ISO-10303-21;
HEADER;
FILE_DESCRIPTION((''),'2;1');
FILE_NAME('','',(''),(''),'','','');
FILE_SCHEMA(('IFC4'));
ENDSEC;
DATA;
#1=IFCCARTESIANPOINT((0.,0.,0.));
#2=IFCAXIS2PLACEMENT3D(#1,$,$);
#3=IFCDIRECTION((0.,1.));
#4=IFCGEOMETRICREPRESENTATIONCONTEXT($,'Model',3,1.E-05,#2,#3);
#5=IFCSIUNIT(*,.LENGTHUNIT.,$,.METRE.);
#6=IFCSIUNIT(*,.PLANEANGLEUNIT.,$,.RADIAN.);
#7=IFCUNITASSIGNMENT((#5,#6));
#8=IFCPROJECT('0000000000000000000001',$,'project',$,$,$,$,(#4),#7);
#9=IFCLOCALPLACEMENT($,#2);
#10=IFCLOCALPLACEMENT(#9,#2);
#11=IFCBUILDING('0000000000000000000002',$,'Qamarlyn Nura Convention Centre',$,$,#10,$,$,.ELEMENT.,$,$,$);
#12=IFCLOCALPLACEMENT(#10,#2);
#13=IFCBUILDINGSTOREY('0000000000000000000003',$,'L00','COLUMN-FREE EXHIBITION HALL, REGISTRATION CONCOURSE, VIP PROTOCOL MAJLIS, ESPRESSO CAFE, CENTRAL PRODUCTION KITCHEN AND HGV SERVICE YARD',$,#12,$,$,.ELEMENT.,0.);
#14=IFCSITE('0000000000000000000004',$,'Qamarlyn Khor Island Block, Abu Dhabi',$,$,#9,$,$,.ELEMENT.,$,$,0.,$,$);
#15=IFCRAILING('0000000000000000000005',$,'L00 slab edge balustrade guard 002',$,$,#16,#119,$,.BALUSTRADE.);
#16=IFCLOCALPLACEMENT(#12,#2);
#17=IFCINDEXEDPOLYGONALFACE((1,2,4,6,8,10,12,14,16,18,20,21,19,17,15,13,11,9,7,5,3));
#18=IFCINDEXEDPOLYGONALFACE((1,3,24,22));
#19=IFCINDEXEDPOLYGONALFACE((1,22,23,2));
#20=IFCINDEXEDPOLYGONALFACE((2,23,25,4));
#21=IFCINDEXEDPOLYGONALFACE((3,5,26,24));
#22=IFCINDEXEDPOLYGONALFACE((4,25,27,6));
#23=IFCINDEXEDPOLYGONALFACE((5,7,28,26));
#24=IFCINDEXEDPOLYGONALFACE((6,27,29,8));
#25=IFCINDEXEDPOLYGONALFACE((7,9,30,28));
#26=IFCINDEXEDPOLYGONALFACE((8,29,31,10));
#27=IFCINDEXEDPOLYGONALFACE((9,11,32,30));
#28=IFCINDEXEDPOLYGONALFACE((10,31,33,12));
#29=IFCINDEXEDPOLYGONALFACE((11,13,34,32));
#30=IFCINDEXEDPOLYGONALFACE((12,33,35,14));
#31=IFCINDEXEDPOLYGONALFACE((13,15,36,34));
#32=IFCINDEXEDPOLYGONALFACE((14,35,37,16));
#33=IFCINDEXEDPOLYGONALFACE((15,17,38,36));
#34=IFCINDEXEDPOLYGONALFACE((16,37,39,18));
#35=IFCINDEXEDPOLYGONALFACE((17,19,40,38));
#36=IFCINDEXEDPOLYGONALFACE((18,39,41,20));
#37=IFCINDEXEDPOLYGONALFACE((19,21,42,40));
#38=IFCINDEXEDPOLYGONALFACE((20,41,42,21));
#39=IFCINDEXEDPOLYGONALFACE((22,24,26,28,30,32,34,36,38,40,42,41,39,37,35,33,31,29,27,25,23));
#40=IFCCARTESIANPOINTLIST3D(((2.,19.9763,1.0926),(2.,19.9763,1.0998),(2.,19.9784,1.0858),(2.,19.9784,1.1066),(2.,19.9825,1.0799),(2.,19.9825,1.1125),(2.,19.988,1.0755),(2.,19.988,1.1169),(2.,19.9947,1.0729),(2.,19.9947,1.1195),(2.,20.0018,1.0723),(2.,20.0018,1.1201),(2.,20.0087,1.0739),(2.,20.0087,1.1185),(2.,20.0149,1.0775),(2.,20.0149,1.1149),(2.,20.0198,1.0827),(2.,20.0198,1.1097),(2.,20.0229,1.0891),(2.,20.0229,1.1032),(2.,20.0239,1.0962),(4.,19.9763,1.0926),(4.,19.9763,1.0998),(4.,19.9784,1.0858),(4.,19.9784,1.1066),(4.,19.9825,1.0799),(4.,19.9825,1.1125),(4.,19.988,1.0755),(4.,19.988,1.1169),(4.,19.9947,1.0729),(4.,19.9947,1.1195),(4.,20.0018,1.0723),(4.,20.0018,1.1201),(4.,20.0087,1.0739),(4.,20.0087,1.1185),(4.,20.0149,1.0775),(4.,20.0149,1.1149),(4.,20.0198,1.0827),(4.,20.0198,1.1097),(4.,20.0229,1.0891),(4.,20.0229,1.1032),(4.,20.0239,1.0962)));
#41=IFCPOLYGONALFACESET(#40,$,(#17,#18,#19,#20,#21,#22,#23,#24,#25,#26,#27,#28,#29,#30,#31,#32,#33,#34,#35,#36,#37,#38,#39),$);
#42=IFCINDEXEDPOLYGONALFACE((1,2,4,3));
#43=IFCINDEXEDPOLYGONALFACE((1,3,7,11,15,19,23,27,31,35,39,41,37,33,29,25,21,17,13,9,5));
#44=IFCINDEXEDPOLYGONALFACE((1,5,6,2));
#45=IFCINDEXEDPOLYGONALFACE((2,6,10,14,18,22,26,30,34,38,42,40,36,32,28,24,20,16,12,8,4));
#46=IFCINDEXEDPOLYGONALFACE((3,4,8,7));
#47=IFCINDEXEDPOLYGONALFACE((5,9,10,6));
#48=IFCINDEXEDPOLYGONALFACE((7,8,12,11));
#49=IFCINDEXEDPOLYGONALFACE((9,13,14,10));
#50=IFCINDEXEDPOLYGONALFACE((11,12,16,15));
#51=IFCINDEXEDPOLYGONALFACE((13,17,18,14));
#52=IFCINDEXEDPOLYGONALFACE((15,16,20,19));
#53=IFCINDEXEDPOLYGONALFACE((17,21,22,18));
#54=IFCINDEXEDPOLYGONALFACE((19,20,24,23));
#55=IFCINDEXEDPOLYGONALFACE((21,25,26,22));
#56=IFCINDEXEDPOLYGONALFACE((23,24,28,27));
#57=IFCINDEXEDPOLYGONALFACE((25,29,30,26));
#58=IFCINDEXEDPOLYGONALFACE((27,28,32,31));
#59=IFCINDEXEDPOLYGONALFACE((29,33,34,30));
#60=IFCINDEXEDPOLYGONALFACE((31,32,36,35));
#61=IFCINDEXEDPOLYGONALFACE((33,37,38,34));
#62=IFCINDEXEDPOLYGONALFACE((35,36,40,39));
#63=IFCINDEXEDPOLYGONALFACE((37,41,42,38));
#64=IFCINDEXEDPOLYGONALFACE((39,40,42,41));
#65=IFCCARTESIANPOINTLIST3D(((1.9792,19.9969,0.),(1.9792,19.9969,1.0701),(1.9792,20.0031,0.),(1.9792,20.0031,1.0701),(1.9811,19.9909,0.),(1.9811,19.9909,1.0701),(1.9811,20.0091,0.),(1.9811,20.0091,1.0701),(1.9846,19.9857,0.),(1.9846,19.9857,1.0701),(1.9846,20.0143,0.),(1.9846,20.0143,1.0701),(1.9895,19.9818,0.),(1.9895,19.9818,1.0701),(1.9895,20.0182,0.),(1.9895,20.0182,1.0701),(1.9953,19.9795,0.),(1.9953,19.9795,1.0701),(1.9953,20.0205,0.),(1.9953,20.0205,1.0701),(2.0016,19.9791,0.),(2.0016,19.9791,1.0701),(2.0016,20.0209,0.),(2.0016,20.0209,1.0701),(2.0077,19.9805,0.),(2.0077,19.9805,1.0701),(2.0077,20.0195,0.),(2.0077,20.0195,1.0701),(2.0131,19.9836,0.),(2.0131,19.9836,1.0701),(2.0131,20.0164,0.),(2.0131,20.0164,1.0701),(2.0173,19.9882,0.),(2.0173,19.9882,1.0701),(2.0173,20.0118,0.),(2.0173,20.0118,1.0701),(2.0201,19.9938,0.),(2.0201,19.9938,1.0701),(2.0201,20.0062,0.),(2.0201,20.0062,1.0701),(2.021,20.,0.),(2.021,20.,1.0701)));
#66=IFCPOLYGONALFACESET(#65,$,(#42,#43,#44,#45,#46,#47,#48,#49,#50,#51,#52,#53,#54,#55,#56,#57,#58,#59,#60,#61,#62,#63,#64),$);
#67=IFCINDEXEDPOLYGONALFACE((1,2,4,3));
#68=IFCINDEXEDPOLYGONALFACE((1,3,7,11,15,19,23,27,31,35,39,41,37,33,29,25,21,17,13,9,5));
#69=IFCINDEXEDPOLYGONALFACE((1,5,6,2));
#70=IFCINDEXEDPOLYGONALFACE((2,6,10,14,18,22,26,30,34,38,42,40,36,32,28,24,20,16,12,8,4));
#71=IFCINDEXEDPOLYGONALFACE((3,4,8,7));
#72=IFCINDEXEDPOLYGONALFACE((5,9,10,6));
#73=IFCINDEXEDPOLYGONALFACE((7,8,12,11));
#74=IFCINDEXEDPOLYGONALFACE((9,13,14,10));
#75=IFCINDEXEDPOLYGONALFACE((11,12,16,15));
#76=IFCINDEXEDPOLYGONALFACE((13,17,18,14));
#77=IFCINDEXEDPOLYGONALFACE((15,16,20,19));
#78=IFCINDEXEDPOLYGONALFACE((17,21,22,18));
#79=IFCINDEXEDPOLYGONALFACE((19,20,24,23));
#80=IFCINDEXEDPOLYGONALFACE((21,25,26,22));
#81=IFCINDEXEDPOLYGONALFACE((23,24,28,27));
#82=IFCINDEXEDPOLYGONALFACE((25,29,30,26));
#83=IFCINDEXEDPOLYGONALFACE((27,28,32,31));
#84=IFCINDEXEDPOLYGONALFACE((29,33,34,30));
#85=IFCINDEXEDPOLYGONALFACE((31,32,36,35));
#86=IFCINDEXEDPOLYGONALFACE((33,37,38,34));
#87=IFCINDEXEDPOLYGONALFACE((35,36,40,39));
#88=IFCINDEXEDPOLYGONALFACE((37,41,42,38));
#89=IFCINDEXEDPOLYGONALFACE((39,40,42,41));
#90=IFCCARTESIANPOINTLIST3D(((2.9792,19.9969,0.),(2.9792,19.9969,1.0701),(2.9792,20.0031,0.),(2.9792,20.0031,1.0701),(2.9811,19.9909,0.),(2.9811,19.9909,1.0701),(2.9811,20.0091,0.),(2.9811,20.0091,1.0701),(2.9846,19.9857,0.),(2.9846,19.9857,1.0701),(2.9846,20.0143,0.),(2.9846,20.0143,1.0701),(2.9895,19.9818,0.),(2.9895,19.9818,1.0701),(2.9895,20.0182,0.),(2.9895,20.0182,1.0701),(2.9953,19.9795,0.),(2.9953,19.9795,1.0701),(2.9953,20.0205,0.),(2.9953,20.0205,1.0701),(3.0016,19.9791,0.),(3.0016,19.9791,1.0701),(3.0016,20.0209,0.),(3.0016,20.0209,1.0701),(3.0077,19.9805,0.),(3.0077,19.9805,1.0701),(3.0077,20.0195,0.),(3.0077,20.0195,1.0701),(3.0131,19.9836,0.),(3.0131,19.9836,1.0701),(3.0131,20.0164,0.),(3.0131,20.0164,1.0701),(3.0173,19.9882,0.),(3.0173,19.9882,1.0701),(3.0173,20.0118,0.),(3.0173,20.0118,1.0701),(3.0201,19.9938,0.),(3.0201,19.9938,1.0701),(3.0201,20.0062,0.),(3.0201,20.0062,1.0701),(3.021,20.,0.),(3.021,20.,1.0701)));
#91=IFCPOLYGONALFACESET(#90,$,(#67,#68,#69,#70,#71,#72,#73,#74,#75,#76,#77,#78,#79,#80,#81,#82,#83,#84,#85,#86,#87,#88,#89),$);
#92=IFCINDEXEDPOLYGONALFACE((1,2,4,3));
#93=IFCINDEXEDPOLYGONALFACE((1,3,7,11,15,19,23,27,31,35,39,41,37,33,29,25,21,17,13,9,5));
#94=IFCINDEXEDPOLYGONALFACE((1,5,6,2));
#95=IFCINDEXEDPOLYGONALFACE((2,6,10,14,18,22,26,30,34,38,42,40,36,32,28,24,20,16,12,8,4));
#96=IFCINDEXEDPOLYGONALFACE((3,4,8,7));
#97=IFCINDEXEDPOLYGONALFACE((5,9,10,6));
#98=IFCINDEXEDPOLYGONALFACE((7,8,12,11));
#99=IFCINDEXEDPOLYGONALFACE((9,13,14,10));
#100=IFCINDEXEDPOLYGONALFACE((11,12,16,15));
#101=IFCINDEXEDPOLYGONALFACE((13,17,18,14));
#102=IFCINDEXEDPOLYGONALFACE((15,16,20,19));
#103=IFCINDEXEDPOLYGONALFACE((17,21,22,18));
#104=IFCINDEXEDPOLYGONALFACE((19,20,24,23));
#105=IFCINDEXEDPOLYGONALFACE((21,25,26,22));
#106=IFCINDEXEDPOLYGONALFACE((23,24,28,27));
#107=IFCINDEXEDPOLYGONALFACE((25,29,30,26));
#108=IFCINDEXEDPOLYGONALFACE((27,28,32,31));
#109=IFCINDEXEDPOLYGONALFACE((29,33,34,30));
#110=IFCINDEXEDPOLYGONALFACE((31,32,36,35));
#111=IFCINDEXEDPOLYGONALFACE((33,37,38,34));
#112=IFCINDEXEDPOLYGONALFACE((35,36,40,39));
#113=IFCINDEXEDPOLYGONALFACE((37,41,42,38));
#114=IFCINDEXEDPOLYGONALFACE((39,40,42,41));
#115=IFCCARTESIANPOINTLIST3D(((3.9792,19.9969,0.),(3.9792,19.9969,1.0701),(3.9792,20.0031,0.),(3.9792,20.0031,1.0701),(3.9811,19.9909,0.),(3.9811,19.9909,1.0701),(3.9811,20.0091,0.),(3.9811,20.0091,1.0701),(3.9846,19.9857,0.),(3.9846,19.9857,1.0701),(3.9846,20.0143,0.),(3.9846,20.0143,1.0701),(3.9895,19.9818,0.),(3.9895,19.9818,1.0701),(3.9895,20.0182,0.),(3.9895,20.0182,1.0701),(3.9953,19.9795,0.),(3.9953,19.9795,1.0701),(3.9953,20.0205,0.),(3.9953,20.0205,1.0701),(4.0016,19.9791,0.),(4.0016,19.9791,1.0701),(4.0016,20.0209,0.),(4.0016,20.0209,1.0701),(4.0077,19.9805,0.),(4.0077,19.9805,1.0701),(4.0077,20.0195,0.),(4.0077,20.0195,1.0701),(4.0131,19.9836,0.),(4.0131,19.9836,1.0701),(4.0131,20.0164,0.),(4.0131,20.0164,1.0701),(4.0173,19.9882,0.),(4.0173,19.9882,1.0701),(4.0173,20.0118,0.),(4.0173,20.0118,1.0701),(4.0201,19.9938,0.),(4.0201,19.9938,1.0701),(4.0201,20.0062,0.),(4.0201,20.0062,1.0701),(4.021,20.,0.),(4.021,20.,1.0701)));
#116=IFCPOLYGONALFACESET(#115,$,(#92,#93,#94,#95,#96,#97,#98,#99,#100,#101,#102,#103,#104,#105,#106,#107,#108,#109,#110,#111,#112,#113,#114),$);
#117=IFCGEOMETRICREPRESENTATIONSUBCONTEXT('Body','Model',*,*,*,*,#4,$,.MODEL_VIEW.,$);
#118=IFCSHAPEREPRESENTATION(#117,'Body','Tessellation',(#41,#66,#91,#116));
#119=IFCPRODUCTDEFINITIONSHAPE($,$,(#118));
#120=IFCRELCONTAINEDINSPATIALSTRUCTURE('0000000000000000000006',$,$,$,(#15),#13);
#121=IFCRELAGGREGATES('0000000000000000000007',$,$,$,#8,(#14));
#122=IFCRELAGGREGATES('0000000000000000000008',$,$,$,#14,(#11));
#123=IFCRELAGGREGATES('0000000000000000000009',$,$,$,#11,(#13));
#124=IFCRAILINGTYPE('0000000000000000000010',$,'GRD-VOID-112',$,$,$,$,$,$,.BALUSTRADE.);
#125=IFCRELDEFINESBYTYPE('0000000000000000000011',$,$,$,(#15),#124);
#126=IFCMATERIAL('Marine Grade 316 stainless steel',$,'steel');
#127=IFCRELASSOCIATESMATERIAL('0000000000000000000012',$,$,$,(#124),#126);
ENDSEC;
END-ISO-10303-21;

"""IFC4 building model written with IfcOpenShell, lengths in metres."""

from ifc_helpers import new_model, si_unit, direction, frame, origin, origin_2d, place, context, subcontext, project, spatial, circle, extrude, material, type_object, element, save


model = new_model("IFC4")

# Units and contexts
model_context = context("Model", 3, precision=1e-05, world=origin(), true_north=direction((0.0, 1.0)))
body_context = subcontext(model_context, "Body", "Model", "MODEL_VIEW")
ifc_project = project(units=[si_unit("LENGTHUNIT", "METRE"), si_unit("PLANEANGLEUNIT", "RADIAN")], contexts=[model_context])

# Site, building, storey
site_placement = place(None, origin())
site = spatial("IfcSite", under=ifc_project, at=site_placement, Name="Qamarlyn Khor Island Block, Abu Dhabi", CompositionType="ELEMENT", RefElevation=0.0)
building_placement = place(site_placement, origin())
building = spatial("IfcBuilding", under=site, at=building_placement, Name="Qamarlyn Nura Convention Centre", CompositionType="ELEMENT")
storey_placement = place(building_placement, origin())
storey = spatial("IfcBuildingStorey", under=building, at=storey_placement, Name="L00", Description="COLUMN-FREE EXHIBITION HALL, REGISTRATION CONCOURSE, VIP PROTOCOL MAJLIS, ESPRESSO CAFE, CENTRAL PRODUCTION KITCHEN AND HGV SERVICE YARD", CompositionType="ELEMENT", Elevation=0.0)

# Railing
ifc_material_1 = material(Name="Marine Grade 316 stainless steel", Category="steel")
railing_type = type_object("IfcRailingType", Name="GRD-VOID-112", PredefinedType="BALUSTRADE", material=ifc_material_1)
railing_1_placement = place(storey_placement, frame((2.0, 20.0, 0.0)))
element("IfcRailing", 1, at=railing_1_placement, inside=storey, type_object=railing_type, Name="L00 slab edge balustrade guard 002", PredefinedType="BALUSTRADE", context=body_context, shape_type="SweptSolid", body=[
    extrude(circle(Radius=0.0239, at=origin_2d()), frame((0.0, 0.0, 1.0962), z_axis=(1.0, 0.0, 0.0), x_axis=(0.0, 1.0, 0.0)), (0.0, 0.0, 1.0), 2.0),
    extrude(circle(Radius=0.021, at=origin_2d()), origin(), (0.0, 0.0, 1.0), 1.0701),
    extrude(circle(Radius=0.021, at=origin_2d()), frame((1.0, 0.0, 0.0)), (0.0, 0.0, 1.0), 1.0701),
    extrude(circle(Radius=0.021, at=origin_2d()), frame((2.0, 0.0, 0.0)), (0.0, 0.0, 1.0), 1.0701),
])

save(model, "model.ifc")
